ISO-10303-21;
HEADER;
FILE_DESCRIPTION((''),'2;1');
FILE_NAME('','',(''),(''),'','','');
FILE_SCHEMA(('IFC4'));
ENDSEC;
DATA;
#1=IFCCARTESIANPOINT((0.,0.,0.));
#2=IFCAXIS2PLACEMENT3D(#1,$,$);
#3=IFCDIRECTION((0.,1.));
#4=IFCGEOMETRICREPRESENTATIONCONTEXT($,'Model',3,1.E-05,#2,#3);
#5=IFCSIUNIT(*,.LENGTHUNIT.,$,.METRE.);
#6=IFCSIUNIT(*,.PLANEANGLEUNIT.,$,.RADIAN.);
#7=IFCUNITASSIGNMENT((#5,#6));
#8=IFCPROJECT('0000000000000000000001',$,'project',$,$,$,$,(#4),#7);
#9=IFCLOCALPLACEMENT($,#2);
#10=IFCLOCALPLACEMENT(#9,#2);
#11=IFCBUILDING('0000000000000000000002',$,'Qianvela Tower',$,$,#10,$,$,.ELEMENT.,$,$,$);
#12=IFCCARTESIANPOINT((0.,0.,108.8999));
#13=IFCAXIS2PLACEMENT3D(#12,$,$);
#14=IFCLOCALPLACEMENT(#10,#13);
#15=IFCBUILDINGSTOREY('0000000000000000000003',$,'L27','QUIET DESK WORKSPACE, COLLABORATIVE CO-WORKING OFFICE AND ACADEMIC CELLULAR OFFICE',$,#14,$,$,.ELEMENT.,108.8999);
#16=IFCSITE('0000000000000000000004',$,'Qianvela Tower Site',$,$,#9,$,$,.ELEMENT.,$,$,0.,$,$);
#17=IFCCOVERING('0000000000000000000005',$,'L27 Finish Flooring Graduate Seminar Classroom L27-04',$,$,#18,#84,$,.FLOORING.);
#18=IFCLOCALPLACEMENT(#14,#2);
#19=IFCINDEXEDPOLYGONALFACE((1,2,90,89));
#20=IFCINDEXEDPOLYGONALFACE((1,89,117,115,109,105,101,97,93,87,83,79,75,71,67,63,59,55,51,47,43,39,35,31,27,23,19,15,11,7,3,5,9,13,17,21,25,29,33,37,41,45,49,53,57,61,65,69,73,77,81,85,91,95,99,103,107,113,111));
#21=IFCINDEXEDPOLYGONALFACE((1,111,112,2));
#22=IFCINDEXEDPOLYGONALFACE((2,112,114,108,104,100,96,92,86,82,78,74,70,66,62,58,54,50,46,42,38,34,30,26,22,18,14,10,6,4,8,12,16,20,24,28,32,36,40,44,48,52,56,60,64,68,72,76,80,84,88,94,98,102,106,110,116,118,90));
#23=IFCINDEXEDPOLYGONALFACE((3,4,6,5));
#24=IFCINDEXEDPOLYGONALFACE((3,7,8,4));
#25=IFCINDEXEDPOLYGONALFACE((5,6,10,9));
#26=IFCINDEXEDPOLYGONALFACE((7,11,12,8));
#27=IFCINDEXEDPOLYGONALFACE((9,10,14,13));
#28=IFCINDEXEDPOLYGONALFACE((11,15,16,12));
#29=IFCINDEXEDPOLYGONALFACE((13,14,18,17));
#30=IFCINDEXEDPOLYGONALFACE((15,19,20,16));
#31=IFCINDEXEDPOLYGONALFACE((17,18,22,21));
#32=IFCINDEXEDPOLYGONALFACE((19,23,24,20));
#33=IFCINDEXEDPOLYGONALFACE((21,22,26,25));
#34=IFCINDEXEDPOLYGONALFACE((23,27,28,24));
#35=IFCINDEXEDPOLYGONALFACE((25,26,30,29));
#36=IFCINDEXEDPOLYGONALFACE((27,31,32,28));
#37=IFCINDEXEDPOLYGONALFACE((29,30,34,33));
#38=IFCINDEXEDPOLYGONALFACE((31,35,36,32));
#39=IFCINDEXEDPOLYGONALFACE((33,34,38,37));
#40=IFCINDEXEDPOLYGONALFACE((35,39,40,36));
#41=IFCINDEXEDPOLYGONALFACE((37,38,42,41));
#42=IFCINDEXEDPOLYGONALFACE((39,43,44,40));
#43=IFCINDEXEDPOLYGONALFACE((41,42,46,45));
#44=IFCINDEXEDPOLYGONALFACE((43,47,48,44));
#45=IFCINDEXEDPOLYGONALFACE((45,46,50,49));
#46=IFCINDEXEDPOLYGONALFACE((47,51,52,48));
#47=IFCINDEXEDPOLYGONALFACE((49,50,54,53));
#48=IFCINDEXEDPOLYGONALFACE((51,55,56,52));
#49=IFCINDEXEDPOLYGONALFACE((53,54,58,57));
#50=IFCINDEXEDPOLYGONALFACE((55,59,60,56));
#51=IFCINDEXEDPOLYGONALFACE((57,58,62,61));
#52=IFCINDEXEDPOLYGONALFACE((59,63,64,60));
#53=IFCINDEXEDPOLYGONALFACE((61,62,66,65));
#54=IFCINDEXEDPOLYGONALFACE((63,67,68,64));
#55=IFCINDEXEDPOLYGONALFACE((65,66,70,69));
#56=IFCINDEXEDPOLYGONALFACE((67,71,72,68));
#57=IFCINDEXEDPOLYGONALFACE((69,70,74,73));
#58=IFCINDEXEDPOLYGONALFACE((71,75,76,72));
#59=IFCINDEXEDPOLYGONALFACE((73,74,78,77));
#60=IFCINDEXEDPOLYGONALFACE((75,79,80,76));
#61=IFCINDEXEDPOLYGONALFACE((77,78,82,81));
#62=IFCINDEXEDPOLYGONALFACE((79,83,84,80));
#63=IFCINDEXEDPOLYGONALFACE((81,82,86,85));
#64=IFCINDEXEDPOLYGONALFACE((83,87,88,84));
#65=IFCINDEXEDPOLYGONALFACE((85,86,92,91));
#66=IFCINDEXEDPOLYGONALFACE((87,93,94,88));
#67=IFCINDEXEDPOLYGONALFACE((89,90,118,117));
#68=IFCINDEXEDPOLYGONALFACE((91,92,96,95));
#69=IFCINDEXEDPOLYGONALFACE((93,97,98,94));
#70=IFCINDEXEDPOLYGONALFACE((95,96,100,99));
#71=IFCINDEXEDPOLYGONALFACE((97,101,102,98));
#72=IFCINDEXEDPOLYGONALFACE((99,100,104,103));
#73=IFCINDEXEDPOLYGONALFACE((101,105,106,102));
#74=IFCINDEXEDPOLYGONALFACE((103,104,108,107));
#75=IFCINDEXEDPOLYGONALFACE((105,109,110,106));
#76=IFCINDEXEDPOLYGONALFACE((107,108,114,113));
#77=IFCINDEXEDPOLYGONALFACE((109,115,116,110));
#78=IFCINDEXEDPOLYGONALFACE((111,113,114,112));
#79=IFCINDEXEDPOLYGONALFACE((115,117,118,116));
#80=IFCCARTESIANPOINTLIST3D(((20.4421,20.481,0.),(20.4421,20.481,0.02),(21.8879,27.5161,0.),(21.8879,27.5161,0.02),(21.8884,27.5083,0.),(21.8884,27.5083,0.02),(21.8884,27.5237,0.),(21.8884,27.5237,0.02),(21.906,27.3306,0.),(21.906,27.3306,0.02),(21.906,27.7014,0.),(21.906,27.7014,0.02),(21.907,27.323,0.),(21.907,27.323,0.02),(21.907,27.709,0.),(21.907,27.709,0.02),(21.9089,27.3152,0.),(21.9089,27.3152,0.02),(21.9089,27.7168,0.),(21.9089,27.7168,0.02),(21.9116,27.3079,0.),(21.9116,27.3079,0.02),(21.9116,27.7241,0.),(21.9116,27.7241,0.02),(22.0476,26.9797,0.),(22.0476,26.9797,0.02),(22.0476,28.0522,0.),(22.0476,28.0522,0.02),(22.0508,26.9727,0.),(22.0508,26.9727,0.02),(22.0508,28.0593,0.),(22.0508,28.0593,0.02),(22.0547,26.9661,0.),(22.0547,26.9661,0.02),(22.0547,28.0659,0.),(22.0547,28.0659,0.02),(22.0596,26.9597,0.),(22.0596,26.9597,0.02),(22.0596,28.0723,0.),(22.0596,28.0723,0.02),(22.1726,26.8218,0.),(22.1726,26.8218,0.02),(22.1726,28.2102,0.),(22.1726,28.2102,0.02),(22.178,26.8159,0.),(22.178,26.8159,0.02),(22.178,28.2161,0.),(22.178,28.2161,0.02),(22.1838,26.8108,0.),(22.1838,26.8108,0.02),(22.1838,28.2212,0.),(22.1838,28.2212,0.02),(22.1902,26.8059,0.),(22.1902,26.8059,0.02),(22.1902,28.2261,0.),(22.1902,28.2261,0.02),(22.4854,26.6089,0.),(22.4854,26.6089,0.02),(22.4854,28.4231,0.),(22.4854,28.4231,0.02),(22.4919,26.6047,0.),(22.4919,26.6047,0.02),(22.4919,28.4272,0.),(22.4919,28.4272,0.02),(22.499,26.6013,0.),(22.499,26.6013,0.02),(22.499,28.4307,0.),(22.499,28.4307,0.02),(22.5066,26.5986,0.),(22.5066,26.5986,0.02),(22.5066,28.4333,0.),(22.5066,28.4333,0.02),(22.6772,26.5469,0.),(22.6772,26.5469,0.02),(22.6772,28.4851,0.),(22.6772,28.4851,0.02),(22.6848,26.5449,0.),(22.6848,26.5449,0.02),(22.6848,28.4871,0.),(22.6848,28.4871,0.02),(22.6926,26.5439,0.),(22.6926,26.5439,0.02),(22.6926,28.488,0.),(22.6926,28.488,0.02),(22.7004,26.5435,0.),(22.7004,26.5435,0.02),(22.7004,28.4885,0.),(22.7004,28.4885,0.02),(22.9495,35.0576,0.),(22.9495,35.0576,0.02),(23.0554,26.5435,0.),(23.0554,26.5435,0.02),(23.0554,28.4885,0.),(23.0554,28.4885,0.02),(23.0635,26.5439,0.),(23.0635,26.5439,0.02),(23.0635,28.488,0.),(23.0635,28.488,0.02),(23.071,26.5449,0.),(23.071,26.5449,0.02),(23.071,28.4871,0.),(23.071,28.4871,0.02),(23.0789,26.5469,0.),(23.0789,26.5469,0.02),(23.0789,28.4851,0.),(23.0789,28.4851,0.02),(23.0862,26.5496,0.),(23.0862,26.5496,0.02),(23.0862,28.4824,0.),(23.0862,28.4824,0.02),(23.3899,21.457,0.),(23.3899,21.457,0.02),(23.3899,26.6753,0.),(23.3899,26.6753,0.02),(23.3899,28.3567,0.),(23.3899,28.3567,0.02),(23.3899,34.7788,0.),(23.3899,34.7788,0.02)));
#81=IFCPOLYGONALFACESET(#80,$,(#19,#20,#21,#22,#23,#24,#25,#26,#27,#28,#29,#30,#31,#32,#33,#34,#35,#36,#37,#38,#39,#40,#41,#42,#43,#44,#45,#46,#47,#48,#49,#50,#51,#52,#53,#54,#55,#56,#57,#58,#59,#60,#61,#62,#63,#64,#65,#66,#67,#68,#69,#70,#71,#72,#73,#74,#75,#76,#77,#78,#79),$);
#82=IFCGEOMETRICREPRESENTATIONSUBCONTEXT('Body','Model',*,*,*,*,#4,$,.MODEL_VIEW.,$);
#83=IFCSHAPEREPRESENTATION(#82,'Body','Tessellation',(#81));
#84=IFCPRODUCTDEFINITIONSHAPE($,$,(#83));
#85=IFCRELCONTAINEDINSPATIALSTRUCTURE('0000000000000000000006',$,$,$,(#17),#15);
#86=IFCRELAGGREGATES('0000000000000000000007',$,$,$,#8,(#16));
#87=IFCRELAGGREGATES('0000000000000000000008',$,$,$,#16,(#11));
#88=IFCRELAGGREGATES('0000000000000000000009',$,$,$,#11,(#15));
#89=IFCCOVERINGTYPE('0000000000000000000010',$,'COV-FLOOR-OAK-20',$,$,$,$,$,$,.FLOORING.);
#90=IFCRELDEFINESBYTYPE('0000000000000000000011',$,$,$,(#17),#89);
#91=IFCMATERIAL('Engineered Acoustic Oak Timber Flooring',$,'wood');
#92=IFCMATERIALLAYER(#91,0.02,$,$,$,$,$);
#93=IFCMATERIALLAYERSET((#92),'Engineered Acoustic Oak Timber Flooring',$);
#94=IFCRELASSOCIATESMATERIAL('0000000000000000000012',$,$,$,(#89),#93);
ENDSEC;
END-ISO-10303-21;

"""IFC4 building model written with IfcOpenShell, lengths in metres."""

from ifc_helpers import new_model, si_unit, direction, frame, origin, place, context, subcontext, project, spatial, polyline, outline, extrude, material, layer, layer_set, type_object, element, save


model = new_model("IFC4")

# Units and contexts
model_context = context("Model", 3, precision=1e-05, world=origin(), true_north=direction((0.0, 1.0)))
body_context = subcontext(model_context, "Body", "Model", "MODEL_VIEW")
ifc_project = project(units=[si_unit("LENGTHUNIT", "METRE"), si_unit("PLANEANGLEUNIT", "RADIAN")], contexts=[model_context])

# Site, building, storey
site_placement = place(None, origin())
site = spatial("IfcSite", under=ifc_project, at=site_placement, Name="Qianvela Tower Site", CompositionType="ELEMENT", RefElevation=0.0)
building_placement = place(site_placement, origin())
building = spatial("IfcBuilding", under=site, at=building_placement, Name="Qianvela Tower", CompositionType="ELEMENT")
storey_placement = place(building_placement, frame((0.0, 0.0, 108.8999)))
storey = spatial("IfcBuildingStorey", under=building, at=storey_placement, Name="L27", Description="QUIET DESK WORKSPACE, COLLABORATIVE CO-WORKING OFFICE AND ACADEMIC CELLULAR OFFICE", CompositionType="ELEMENT", Elevation=108.8999)

# Covering
ifc_material_1 = material(Name="Engineered Acoustic Oak Timber Flooring", Category="wood")
ifc_layer_1 = layer(ifc_material_1, 0.02)
ifc_layer_set_1 = layer_set([ifc_layer_1], Name="Engineered Acoustic Oak Timber Flooring")
covering_type_1 = type_object("IfcCoveringType", Name="COV-FLOOR-OAK-20", PredefinedType="FLOORING", material=ifc_layer_set_1)
covering_1_placement = place(storey_placement, origin())
element("IfcCovering", 1, at=covering_1_placement, inside=storey, type_object=covering_type_1, Name="L27 Finish Flooring Graduate Seminar Classroom L27-04", PredefinedType="FLOORING", context=body_context, shape_type="SweptSolid", body=[
    extrude(outline(polyline([(23.3899, 26.6753), (23.3899, 21.457), (20.4421, 20.481), (22.9495, 35.0576), (23.3899, 34.7788), (23.3899, 28.3567), (23.0862, 28.4824), (23.0789, 28.4851), (23.071, 28.4871), (23.0635, 28.488), (23.0554, 28.4885), (22.7004, 28.4885), (22.6926, 28.488), (22.6848, 28.4871), (22.6772, 28.4851), (22.5066, 28.4333), (22.499, 28.4307), (22.4919, 28.4272), (22.4854, 28.4231), (22.1902, 28.2261), (22.1838, 28.2212), (22.178, 28.2161), (22.1726, 28.2102), (22.0596, 28.0723), (22.0547, 28.0659), (22.0508, 28.0593), (22.0476, 28.0522), (21.9116, 27.7241), (21.9089, 27.7168), (21.907, 27.709), (21.906, 27.7014), (21.8884, 27.5237), (21.8879, 27.5161), (21.8884, 27.5083), (21.906, 27.3306), (21.907, 27.323), (21.9089, 27.3152), (21.9116, 27.3079), (22.0476, 26.9797), (22.0508, 26.9727), (22.0547, 26.9661), (22.0596, 26.9597), (22.1726, 26.8218), (22.178, 26.8159), (22.1838, 26.8108), (22.1902, 26.8059), (22.4854, 26.6089), (22.4919, 26.6047), (22.499, 26.6013), (22.5066, 26.5986), (22.6772, 26.5469), (22.6848, 26.5449), (22.6926, 26.5439), (22.7004, 26.5435), (23.0554, 26.5435), (23.0635, 26.5439), (23.071, 26.5449), (23.0789, 26.5469), (23.0862, 26.5496), (23.3899, 26.6753)])), origin(), (0.0, 0.0, 1.0), 0.02),
])

save(model, "model.ifc")
